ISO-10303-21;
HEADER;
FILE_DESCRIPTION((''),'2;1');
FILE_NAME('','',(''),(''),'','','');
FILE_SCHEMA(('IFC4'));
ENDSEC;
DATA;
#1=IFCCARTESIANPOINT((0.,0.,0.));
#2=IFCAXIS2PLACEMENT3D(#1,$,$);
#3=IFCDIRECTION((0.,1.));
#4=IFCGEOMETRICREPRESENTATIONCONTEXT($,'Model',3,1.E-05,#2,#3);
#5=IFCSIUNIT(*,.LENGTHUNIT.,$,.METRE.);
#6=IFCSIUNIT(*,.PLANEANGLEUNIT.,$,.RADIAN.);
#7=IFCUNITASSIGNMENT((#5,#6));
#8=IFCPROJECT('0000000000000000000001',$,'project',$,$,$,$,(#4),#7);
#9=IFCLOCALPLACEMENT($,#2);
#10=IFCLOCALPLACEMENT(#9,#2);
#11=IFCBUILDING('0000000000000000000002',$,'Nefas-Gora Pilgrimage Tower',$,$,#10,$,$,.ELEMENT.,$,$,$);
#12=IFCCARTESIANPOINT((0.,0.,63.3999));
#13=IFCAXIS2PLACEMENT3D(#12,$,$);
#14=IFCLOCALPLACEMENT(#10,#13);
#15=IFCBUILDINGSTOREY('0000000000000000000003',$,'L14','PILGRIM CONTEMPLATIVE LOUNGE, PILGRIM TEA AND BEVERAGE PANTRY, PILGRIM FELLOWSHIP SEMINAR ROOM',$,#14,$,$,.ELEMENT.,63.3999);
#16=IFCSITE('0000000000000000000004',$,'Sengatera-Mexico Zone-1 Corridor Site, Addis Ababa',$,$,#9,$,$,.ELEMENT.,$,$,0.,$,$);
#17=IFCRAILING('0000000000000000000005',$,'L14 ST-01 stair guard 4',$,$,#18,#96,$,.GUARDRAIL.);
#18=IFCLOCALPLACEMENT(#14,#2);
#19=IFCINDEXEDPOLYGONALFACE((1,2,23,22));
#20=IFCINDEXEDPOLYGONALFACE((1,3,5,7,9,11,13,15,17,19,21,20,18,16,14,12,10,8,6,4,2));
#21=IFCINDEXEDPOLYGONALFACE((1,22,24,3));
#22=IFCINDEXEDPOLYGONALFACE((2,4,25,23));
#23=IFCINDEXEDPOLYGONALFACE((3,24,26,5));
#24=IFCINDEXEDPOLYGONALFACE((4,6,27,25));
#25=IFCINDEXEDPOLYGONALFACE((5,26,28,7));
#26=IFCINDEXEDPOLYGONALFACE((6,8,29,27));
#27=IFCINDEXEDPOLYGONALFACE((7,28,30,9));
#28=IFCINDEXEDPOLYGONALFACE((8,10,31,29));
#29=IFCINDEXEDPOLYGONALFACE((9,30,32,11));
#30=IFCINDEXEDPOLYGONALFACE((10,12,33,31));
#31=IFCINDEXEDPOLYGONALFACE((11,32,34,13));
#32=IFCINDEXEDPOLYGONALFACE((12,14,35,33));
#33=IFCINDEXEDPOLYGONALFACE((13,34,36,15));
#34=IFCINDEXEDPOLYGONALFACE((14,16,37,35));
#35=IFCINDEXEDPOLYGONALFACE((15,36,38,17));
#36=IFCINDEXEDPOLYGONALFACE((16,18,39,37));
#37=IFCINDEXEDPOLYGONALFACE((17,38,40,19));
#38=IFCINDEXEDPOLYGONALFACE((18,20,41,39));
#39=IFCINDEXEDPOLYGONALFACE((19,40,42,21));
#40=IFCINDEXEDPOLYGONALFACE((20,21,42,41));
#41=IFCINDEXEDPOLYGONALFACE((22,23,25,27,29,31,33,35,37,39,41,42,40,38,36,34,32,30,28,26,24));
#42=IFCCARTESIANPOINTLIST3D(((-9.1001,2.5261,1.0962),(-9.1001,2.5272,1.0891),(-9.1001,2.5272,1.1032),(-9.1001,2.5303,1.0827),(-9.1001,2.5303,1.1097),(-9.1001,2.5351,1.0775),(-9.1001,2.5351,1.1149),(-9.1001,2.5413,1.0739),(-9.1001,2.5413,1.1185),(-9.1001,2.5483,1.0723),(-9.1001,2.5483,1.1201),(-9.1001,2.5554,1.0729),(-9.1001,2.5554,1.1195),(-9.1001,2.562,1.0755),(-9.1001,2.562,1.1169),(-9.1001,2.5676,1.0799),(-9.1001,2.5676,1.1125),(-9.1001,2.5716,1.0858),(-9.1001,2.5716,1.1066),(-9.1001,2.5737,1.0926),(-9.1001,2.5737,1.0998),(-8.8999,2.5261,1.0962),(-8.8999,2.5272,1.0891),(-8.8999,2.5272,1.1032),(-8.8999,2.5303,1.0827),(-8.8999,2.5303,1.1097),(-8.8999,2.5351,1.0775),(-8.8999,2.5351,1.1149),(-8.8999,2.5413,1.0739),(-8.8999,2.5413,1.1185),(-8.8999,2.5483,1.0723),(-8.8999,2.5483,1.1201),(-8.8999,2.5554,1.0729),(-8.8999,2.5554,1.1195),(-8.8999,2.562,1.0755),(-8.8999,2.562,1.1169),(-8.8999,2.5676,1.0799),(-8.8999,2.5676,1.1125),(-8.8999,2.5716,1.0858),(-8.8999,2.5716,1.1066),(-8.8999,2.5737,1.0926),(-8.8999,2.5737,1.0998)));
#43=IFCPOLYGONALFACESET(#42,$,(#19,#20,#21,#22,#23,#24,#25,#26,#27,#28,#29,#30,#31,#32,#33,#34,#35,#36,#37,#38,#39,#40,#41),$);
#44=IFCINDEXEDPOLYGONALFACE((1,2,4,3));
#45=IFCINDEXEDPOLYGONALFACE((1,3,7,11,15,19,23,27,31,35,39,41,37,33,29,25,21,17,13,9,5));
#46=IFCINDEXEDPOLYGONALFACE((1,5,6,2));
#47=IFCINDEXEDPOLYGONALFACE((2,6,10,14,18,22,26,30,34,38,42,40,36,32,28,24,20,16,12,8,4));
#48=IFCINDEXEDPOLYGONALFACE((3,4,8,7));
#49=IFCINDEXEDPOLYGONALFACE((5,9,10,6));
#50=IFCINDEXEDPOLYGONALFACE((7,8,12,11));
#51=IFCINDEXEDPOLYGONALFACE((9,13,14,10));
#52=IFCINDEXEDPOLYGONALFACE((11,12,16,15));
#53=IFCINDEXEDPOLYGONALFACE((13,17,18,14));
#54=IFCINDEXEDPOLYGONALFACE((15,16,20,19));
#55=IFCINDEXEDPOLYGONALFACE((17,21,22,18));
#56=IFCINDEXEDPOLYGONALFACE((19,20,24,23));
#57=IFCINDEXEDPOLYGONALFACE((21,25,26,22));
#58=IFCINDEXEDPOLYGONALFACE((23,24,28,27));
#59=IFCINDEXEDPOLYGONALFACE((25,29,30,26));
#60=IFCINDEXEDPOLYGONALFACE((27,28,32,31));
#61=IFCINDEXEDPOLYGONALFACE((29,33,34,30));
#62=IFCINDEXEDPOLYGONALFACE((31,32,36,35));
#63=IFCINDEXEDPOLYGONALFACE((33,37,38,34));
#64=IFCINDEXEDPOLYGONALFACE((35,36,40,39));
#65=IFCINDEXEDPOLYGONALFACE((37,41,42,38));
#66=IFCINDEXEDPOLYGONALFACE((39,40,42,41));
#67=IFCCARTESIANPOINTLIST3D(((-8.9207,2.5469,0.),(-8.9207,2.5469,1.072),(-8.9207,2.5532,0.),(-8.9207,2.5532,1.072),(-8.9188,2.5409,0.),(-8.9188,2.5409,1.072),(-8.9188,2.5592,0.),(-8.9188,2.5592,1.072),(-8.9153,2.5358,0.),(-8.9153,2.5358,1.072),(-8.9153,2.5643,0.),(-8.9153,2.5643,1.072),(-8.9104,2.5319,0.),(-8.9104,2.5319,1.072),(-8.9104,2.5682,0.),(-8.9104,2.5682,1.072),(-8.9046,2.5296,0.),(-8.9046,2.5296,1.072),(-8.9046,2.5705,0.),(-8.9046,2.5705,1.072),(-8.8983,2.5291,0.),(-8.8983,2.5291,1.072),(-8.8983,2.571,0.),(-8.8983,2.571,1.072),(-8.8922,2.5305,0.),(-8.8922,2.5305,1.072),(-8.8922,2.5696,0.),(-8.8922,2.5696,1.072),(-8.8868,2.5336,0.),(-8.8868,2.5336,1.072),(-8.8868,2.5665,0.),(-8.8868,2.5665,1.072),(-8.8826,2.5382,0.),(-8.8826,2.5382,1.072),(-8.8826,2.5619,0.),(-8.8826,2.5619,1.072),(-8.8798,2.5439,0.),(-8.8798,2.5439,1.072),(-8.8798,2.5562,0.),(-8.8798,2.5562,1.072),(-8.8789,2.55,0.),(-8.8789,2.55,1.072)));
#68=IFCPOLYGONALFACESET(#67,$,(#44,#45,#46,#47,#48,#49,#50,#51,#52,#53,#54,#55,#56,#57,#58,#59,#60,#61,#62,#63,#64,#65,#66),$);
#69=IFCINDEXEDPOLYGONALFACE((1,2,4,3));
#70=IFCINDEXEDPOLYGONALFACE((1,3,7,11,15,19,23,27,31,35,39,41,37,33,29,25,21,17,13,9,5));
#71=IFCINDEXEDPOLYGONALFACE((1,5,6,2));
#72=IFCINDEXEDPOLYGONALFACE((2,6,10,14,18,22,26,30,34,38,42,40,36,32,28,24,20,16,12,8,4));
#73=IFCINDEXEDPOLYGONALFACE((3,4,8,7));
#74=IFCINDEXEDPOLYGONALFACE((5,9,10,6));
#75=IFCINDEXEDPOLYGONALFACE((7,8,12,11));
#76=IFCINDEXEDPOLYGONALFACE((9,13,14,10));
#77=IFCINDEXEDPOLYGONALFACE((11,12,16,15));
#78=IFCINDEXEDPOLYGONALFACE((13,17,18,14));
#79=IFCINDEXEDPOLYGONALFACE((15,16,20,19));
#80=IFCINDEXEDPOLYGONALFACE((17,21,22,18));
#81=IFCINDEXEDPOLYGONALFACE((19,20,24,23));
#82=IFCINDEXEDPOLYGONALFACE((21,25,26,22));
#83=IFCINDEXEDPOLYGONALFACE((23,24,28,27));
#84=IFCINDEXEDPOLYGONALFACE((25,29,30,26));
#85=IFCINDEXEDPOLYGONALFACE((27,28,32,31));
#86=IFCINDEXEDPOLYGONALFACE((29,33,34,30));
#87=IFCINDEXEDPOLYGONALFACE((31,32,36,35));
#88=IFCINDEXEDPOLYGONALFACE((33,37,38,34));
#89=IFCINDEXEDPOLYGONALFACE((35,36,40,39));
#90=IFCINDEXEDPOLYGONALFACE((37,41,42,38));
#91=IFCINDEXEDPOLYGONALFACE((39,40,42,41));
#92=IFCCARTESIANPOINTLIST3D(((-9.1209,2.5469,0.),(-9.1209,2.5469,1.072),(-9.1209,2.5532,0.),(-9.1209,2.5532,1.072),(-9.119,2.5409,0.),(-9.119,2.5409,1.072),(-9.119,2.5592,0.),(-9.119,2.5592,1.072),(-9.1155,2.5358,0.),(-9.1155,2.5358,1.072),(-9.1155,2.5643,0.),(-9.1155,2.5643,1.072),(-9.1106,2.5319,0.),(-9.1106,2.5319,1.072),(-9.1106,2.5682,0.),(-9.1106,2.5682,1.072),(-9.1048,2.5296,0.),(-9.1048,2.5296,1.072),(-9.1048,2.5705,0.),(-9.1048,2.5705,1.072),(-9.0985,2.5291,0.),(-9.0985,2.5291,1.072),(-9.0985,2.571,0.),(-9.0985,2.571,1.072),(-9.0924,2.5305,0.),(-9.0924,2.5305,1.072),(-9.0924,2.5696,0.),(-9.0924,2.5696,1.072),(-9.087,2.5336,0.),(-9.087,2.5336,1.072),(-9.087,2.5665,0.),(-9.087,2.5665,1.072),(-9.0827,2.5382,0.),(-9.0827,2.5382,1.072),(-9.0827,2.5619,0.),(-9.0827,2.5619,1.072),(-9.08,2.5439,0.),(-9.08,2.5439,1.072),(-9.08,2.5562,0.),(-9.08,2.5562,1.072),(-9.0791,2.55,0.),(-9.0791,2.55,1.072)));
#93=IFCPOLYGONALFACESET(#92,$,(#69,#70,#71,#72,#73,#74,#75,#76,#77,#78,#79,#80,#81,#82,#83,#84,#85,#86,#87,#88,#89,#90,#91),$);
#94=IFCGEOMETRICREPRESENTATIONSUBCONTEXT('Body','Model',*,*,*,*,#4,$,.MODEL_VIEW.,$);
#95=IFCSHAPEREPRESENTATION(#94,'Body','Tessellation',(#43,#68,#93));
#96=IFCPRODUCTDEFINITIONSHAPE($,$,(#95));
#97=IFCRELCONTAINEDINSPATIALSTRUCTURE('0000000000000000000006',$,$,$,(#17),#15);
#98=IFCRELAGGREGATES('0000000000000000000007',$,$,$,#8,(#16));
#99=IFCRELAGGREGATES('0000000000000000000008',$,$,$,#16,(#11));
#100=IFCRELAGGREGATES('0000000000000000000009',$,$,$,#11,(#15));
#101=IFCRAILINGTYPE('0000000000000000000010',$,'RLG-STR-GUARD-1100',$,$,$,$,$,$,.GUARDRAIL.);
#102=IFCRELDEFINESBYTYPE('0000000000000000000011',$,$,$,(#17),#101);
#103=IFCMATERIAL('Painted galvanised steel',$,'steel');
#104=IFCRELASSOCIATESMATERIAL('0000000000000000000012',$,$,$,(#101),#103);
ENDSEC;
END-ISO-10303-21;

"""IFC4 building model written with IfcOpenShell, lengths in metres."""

from ifc_helpers import new_model, si_unit, direction, frame, origin, origin_2d, place, context, subcontext, project, spatial, circle, extrude, material, type_object, element, save


model = new_model("IFC4")

# Units and contexts
model_context = context("Model", 3, precision=1e-05, world=origin(), true_north=direction((0.0, 1.0)))
body_context = subcontext(model_context, "Body", "Model", "MODEL_VIEW")
ifc_project = project(units=[si_unit("LENGTHUNIT", "METRE"), si_unit("PLANEANGLEUNIT", "RADIAN")], contexts=[model_context])

# Site, building, storey
site_placement = place(None, origin())
site = spatial("IfcSite", under=ifc_project, at=site_placement, Name="Sengatera-Mexico Zone-1 Corridor Site, Addis Ababa", CompositionType="ELEMENT", RefElevation=0.0)
building_placement = place(site_placement, origin())
building = spatial("IfcBuilding", under=site, at=building_placement, Name="Nefas-Gora Pilgrimage Tower", CompositionType="ELEMENT")
storey_placement = place(building_placement, frame((0.0, 0.0, 63.3999)))
storey = spatial("IfcBuildingStorey", under=building, at=storey_placement, Name="L14", Description="PILGRIM CONTEMPLATIVE LOUNGE, PILGRIM TEA AND BEVERAGE PANTRY, PILGRIM FELLOWSHIP SEMINAR ROOM", CompositionType="ELEMENT", Elevation=63.3999)

# Railing
ifc_material_1 = material(Name="Painted galvanised steel", Category="steel")
railing_type_1 = type_object("IfcRailingType", Name="RLG-STR-GUARD-1100", PredefinedType="GUARDRAIL", material=ifc_material_1)
railing_1_placement = place(storey_placement, frame((-8.8999, 2.55, 0.0)))
element("IfcRailing", 1, at=railing_1_placement, inside=storey, type_object=railing_type_1, Name="L14 ST-01 stair guard 4", PredefinedType="GUARDRAIL", context=body_context, shape_type="SweptSolid", body=[
    extrude(circle(Radius=0.0239, at=origin_2d()), frame((0.0, 0.0, 1.0962), z_axis=(-1.0, 0.0, 0.0), x_axis=(0.0, -1.0, 0.0)), (0.0, 0.0, 1.0), 0.2002),
    extrude(circle(Radius=0.021, at=origin_2d()), origin(), (0.0, 0.0, 1.0), 1.072),
    extrude(circle(Radius=0.021, at=origin_2d()), frame((-0.2002, 0.0, 0.0)), (0.0, 0.0, 1.0), 1.072),
])

save(model, "model.ifc")
